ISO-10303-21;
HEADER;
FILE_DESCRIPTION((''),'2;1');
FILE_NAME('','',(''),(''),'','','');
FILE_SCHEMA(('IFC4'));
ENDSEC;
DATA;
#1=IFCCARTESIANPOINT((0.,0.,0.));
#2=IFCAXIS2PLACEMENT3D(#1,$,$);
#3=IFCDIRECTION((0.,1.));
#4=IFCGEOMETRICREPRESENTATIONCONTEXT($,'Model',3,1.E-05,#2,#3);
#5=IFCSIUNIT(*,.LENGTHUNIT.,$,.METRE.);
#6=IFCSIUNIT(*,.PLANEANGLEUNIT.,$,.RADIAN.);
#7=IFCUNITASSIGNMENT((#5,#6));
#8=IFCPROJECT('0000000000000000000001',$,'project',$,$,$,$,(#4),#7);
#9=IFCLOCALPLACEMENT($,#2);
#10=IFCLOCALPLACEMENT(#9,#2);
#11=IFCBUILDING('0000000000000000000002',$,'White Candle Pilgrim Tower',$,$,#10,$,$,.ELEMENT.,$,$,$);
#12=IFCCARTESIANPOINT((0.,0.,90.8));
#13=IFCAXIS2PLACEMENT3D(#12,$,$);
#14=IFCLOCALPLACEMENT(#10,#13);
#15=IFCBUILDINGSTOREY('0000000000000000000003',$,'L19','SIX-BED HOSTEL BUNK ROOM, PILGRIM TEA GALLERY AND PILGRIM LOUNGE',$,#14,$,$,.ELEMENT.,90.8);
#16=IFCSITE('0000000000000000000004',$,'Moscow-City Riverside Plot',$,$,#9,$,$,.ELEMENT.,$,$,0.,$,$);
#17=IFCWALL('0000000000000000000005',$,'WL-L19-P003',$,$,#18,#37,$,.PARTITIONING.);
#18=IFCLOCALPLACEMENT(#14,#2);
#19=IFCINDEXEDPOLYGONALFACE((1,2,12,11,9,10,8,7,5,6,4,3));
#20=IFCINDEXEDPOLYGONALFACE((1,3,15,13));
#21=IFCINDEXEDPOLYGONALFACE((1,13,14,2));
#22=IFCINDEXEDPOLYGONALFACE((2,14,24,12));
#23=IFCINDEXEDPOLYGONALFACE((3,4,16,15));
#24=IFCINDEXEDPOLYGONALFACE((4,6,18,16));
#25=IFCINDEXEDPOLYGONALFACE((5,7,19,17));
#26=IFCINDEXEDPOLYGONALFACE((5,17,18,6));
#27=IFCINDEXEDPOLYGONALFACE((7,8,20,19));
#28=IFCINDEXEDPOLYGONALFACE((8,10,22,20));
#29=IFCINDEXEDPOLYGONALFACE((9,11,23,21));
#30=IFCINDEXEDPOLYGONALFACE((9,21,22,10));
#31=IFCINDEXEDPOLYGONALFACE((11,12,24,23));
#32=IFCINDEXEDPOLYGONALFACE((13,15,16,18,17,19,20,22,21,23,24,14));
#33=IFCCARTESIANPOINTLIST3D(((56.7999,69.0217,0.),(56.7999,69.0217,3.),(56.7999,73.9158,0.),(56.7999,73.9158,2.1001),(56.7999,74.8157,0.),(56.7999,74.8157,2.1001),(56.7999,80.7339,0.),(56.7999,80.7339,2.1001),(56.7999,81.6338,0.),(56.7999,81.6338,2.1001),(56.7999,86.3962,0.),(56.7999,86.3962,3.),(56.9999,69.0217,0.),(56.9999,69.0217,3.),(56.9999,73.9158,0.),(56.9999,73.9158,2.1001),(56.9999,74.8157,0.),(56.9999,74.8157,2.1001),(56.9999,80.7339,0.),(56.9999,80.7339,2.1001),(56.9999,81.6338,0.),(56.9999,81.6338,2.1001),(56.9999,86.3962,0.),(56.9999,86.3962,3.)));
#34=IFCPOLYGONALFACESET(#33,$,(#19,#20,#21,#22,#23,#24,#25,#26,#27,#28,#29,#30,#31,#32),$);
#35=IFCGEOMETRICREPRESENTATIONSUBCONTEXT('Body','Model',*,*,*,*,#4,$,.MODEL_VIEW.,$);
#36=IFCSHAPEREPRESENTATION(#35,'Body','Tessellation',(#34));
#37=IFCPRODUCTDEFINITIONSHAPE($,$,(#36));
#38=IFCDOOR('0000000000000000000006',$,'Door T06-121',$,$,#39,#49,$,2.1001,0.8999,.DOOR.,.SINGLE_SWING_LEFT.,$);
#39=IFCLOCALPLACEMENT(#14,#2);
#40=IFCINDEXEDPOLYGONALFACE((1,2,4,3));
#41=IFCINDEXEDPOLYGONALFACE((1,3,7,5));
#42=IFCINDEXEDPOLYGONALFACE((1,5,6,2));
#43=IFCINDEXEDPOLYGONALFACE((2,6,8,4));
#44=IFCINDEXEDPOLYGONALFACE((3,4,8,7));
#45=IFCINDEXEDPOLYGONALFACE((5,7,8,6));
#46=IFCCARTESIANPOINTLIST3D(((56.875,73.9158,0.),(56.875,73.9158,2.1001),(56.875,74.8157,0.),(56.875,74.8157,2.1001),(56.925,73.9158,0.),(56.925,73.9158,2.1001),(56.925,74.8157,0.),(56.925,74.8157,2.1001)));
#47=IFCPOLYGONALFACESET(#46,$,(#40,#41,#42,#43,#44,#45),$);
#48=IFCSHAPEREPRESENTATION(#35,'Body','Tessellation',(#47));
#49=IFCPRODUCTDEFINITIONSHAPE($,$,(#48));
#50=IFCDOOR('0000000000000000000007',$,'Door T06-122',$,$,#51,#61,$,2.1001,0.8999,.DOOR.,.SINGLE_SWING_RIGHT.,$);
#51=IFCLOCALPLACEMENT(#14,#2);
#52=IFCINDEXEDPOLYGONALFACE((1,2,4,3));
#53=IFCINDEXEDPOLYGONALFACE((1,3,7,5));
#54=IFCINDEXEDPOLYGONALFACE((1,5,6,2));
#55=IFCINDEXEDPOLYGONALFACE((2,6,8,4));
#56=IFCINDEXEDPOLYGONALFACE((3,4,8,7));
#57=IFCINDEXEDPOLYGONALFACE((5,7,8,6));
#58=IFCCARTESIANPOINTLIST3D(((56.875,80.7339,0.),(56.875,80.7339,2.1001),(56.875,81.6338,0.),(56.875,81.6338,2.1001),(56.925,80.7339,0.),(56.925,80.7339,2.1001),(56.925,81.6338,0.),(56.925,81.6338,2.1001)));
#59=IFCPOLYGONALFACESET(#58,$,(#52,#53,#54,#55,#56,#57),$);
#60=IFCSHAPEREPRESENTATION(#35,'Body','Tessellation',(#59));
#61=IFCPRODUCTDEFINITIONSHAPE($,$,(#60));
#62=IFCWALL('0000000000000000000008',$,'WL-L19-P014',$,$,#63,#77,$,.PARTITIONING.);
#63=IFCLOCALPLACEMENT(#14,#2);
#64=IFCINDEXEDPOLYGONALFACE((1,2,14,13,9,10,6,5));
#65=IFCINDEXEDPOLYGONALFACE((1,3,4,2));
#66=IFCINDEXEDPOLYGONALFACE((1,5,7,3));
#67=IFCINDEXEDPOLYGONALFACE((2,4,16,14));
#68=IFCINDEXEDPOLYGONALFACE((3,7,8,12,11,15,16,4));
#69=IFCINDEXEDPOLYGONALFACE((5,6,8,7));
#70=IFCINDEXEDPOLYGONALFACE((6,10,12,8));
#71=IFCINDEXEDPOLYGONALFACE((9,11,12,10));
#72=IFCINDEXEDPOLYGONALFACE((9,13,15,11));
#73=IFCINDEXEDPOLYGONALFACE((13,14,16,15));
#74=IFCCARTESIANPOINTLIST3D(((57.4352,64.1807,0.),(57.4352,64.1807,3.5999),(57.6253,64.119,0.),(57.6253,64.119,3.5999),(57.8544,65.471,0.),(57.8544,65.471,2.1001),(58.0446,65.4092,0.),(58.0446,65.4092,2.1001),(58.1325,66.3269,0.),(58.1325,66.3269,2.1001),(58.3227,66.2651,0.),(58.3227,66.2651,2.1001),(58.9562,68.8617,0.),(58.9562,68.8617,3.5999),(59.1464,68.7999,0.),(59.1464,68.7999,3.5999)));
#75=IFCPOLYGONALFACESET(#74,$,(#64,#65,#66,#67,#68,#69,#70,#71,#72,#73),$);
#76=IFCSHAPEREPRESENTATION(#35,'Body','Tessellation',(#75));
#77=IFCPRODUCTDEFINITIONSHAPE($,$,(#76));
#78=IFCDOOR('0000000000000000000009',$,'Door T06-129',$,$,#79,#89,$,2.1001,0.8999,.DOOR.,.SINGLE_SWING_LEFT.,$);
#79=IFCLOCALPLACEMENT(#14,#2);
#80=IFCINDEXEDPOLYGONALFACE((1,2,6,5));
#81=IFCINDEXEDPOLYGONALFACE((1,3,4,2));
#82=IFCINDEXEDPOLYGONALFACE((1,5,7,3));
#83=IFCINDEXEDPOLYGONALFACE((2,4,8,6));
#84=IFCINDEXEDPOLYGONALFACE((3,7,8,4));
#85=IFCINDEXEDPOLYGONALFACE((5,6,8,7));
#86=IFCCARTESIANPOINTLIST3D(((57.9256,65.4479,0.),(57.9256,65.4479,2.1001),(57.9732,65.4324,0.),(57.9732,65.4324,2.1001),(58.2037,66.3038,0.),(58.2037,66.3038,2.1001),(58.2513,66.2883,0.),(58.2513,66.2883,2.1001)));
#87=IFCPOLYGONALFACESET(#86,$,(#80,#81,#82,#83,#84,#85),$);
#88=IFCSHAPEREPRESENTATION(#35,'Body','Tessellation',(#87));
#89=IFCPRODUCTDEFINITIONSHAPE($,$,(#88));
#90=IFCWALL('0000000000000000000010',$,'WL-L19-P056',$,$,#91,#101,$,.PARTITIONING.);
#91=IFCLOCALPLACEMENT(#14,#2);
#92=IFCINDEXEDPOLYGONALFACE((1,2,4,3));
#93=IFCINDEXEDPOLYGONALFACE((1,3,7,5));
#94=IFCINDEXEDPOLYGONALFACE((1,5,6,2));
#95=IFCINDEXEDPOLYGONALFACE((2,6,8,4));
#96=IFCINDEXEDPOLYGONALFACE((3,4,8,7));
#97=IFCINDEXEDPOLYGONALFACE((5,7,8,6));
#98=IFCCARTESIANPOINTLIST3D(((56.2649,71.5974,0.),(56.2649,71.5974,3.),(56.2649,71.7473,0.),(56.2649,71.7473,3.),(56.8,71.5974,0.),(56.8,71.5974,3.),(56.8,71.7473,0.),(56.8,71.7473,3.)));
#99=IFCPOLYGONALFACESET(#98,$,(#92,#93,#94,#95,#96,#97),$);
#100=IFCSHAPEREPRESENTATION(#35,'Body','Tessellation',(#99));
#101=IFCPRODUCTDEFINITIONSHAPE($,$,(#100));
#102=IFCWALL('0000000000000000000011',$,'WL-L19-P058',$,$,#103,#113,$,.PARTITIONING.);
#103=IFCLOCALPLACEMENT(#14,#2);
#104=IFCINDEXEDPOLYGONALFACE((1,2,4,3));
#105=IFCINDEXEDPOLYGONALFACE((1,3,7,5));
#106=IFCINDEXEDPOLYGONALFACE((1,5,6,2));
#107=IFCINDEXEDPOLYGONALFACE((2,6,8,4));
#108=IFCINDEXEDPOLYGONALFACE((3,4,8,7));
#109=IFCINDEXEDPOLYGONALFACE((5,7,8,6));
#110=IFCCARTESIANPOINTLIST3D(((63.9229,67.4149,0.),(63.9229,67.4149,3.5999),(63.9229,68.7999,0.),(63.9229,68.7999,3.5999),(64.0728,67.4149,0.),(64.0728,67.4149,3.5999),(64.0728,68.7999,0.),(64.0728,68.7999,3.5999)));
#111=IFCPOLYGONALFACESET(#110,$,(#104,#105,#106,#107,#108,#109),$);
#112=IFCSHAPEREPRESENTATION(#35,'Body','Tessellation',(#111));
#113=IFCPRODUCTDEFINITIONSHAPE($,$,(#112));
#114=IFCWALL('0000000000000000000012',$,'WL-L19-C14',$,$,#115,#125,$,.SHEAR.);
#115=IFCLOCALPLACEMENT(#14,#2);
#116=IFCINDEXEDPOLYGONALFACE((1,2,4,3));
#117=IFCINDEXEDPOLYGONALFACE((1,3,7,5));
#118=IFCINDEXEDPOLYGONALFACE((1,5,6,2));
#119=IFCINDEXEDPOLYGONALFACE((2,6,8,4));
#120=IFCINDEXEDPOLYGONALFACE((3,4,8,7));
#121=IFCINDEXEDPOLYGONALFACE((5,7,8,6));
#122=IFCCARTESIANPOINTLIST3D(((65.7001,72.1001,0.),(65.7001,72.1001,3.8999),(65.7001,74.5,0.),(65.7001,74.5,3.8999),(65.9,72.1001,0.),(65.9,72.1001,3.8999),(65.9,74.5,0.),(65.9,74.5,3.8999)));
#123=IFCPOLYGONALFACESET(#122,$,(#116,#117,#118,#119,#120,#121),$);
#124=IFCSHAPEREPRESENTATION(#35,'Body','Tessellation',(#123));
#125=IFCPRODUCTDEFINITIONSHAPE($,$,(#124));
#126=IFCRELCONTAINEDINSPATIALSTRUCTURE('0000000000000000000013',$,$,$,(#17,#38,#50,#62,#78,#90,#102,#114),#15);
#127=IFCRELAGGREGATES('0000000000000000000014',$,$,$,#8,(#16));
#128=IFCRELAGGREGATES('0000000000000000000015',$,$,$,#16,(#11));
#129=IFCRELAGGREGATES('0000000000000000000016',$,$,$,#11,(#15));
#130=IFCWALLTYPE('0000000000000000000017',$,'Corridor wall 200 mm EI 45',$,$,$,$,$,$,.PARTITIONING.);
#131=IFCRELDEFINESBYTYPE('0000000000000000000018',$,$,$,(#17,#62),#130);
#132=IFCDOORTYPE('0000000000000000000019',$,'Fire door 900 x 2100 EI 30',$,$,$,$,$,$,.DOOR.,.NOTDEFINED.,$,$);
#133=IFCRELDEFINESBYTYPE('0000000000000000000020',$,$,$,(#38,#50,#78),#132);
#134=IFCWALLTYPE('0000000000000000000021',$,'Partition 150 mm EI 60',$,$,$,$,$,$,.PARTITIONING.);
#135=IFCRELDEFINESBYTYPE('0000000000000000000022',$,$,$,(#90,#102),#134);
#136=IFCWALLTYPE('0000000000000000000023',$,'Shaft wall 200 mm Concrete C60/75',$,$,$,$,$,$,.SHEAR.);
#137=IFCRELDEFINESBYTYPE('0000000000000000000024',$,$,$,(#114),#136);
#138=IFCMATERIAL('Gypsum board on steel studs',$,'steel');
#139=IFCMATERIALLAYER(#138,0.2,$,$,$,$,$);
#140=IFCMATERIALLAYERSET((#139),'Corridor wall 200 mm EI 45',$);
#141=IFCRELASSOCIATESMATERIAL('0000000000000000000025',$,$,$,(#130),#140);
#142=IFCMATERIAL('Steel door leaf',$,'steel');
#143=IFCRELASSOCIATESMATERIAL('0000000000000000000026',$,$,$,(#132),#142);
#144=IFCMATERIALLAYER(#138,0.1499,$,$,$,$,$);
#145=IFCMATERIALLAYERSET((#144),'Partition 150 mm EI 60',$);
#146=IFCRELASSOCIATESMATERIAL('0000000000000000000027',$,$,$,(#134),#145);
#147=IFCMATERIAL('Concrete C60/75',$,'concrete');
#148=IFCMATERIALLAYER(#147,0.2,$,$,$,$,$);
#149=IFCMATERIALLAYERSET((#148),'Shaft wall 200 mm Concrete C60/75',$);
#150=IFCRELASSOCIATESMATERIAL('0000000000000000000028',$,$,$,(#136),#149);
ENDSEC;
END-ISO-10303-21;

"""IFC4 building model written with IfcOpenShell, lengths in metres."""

from ifc_helpers import new_model, si_unit, direction, frame, frame_2d, origin, place, context, subcontext, project, spatial, rectangle, extrude, material, layer, layer_set, type_object, element, fill, save


model = new_model("IFC4")

# Units and contexts
model_context = context("Model", 3, precision=1e-05, world=origin(), true_north=direction((0.0, 1.0)))
body_context = subcontext(model_context, "Body", "Model", "MODEL_VIEW")
ifc_project = project(units=[si_unit("LENGTHUNIT", "METRE"), si_unit("PLANEANGLEUNIT", "RADIAN")], contexts=[model_context])

# Site, building, storey
site_placement = place(None, origin())
site = spatial("IfcSite", under=ifc_project, at=site_placement, Name="Moscow-City Riverside Plot", CompositionType="ELEMENT", RefElevation=0.0)
building_placement = place(site_placement, origin())
building = spatial("IfcBuilding", under=site, at=building_placement, Name="White Candle Pilgrim Tower", CompositionType="ELEMENT")
storey_placement = place(building_placement, frame((0.0, 0.0, 90.8)))
storey = spatial("IfcBuildingStorey", under=building, at=storey_placement, Name="L19", Description="SIX-BED HOSTEL BUNK ROOM, PILGRIM TEA GALLERY AND PILGRIM LOUNGE", CompositionType="ELEMENT", Elevation=90.8)

# Wall, openings, doors
ifc_material_1 = material(Name="Gypsum board on steel studs", Category="steel")
ifc_layer_1 = layer(ifc_material_1, 0.2)
ifc_layer_set_1 = layer_set([ifc_layer_1], Name="Corridor wall 200 mm EI 45")
wall_type_1 = type_object("IfcWallType", Name="Corridor wall 200 mm EI 45", PredefinedType="PARTITIONING", material=ifc_layer_set_1)
wall_1_placement = place(storey_placement, frame((56.8999, 69.0217, 0.0), z_axis=(0.0, 0.0, 1.0), x_axis=(0.0, 1.0, 0.0)))
wall_1 = element("IfcWall", 1, at=wall_1_placement, inside=storey, type_object=wall_type_1, Name="WL-L19-P003", PredefinedType="PARTITIONING", context=body_context, shape_type="SweptSolid", body=[
    extrude(rectangle(XDim=17.3745, YDim=0.2, at=frame_2d((8.6873, 0.0))), origin(), (0.0, 0.0, 1.0), 3.0),
])
opening_1_placement = place(wall_1_placement, frame((4.894, 0.0, 0.0)))
opening_1 = element("IfcOpeningElement", 2, at=opening_1_placement, cuts=wall_1, PredefinedType="OPENING", context=body_context, shape_type="SweptSolid", body=[
    extrude(rectangle(XDim=0.8999, YDim=2.1001, at=frame_2d((0.45, 1.05))), frame((0.0, 0.1099, 0.0), z_axis=(0.0, -1.0, 0.0), x_axis=(1.0, 0.0, 0.0)), (0.0, 0.0, 1.0), 0.22),
])
opening_2_placement = place(wall_1_placement, frame((11.7122, 0.0, 0.0)))
opening_2 = element("IfcOpeningElement", 3, at=opening_2_placement, cuts=wall_1, PredefinedType="OPENING", context=body_context, shape_type="SweptSolid", body=[
    extrude(rectangle(XDim=0.8999, YDim=2.1001, at=frame_2d((0.45, 1.05))), frame((0.0, 0.1099, 0.0), z_axis=(0.0, -1.0, 0.0), x_axis=(1.0, 0.0, 0.0)), (0.0, 0.0, 1.0), 0.22),
])
ifc_material_2 = material(Name="Steel door leaf", Category="steel")
door_type_1 = type_object("IfcDoorType", Name="Fire door 900 x 2100 EI 30", OperationType="NOTDEFINED", PredefinedType="DOOR", material=ifc_material_2)
door_1_placement = place(opening_1_placement, origin())
door_1 = element("IfcDoor", 4, at=door_1_placement, inside=storey, type_object=door_type_1, Name="Door T06-121", OperationType="SINGLE_SWING_LEFT", OverallHeight=2.1001, OverallWidth=0.8999, PredefinedType="DOOR", context=body_context, shape_type="SweptSolid", body=[
    extrude(rectangle(XDim=0.8999, YDim=2.1001, at=frame_2d((0.45, 1.05))), frame((0.0, 0.0249, 0.0), z_axis=(0.0, -1.0, 0.0), x_axis=(1.0, 0.0, 0.0)), (0.0, 0.0, 1.0), 0.05),
])
fill(opening_1, door_1)
door_2_placement = place(opening_2_placement, origin())
door_2 = element("IfcDoor", 5, at=door_2_placement, inside=storey, type_object=door_type_1, Name="Door T06-122", OperationType="SINGLE_SWING_RIGHT", OverallHeight=2.1001, OverallWidth=0.8999, PredefinedType="DOOR", context=body_context, shape_type="SweptSolid", body=[
    extrude(rectangle(XDim=0.8999, YDim=2.1001, at=frame_2d((0.45, 1.05))), frame((0.0, 0.0249, 0.0), z_axis=(0.0, -1.0, 0.0), x_axis=(1.0, 0.0, 0.0)), (0.0, 0.0, 1.0), 0.05),
])
fill(opening_2, door_2)

# Wall, opening, door
wall_2_placement = place(storey_placement, frame((59.0513, 68.8308, 0.0), z_axis=(0.0, 0.0, 1.0), x_axis=(-0.309031, -0.951052, 0.0)))
wall_2 = element("IfcWall", 6, at=wall_2_placement, inside=storey, type_object=wall_type_1, Name="WL-L19-P014", PredefinedType="PARTITIONING", context=body_context, shape_type="SweptSolid", body=[
    extrude(rectangle(XDim=4.9219, YDim=0.2, at=frame_2d((2.4609, 0.0))), origin(), (0.0, 0.0, 1.0), 3.5999),
])
opening_3_placement = place(wall_2_placement, frame((2.6653, 0.0, 0.0)))
opening_3 = element("IfcOpeningElement", 7, at=opening_3_placement, cuts=wall_2, PredefinedType="OPENING", context=body_context, shape_type="SweptSolid", body=[
    extrude(rectangle(XDim=0.8999, YDim=2.1001, at=frame_2d((0.45, 1.05))), frame((0.0, 0.1099, 0.0), z_axis=(0.0, -1.0, 0.0), x_axis=(1.0, 0.0, 0.0)), (0.0, 0.0, 1.0), 0.22),
])
door_3_placement = place(opening_3_placement, origin())
door_3 = element("IfcDoor", 8, at=door_3_placement, inside=storey, type_object=door_type_1, Name="Door T06-129", OperationType="SINGLE_SWING_LEFT", OverallHeight=2.1001, OverallWidth=0.8999, PredefinedType="DOOR", context=body_context, shape_type="SweptSolid", body=[
    extrude(rectangle(XDim=0.8999, YDim=2.1001, at=frame_2d((0.45, 1.05))), frame((0.0, 0.0249, 0.0), z_axis=(0.0, -1.0, 0.0), x_axis=(1.0, 0.0, 0.0)), (0.0, 0.0, 1.0), 0.05),
])
fill(opening_3, door_3)

# Walls
ifc_layer_2 = layer(ifc_material_1, 0.1499)
ifc_layer_set_2 = layer_set([ifc_layer_2], Name="Partition 150 mm EI 60")
wall_type_2 = type_object("IfcWallType", Name="Partition 150 mm EI 60", PredefinedType="PARTITIONING", material=ifc_layer_set_2)
wall_3_placement = place(storey_placement, frame((56.2649, 71.6724, 0.0), z_axis=(0.0, 0.0, 1.0), x_axis=(1.0, 0.0, 0.0)))
element("IfcWall", 9, at=wall_3_placement, inside=storey, type_object=wall_type_2, Name="WL-L19-P056", PredefinedType="PARTITIONING", context=body_context, shape_type="SweptSolid", body=[
    extrude(rectangle(XDim=0.5352, YDim=0.1499, at=frame_2d((0.2676, 0.0))), origin(), (0.0, 0.0, 1.0), 3.0),
])
wall_4_placement = place(storey_placement, frame((63.9978, 67.415, 0.0), z_axis=(0.0, 0.0, 1.0), x_axis=(0.0, 1.0, 0.0)))
element("IfcWall", 10, at=wall_4_placement, inside=storey, type_object=wall_type_2, Name="WL-L19-P058", PredefinedType="PARTITIONING", context=body_context, shape_type="SweptSolid", body=[
    extrude(rectangle(XDim=1.385, YDim=0.1499, at=frame_2d((0.6924, 0.0))), origin(), (0.0, 0.0, 1.0), 3.5999),
])
ifc_material_3 = material(Name="Concrete C60/75", Category="concrete")
ifc_layer_3 = layer(ifc_material_3, 0.2)
ifc_layer_set_3 = layer_set([ifc_layer_3], Name="Shaft wall 200 mm Concrete C60/75")
wall_type_3 = type_object("IfcWallType", Name="Shaft wall 200 mm Concrete C60/75", PredefinedType="SHEAR", material=ifc_layer_set_3)
wall_5_placement = place(storey_placement, frame((65.8, 72.1001, 0.0), z_axis=(0.0, 0.0, 1.0), x_axis=(0.0, 1.0, 0.0)))
element("IfcWall", 11, at=wall_5_placement, inside=storey, type_object=wall_type_3, Name="WL-L19-C14", PredefinedType="SHEAR", context=body_context, shape_type="SweptSolid", body=[
    extrude(rectangle(XDim=2.3999, YDim=0.2, at=frame_2d((1.2, 0.0))), origin(), (0.0, 0.0, 1.0), 3.8999),
])

save(model, "model.ifc")
